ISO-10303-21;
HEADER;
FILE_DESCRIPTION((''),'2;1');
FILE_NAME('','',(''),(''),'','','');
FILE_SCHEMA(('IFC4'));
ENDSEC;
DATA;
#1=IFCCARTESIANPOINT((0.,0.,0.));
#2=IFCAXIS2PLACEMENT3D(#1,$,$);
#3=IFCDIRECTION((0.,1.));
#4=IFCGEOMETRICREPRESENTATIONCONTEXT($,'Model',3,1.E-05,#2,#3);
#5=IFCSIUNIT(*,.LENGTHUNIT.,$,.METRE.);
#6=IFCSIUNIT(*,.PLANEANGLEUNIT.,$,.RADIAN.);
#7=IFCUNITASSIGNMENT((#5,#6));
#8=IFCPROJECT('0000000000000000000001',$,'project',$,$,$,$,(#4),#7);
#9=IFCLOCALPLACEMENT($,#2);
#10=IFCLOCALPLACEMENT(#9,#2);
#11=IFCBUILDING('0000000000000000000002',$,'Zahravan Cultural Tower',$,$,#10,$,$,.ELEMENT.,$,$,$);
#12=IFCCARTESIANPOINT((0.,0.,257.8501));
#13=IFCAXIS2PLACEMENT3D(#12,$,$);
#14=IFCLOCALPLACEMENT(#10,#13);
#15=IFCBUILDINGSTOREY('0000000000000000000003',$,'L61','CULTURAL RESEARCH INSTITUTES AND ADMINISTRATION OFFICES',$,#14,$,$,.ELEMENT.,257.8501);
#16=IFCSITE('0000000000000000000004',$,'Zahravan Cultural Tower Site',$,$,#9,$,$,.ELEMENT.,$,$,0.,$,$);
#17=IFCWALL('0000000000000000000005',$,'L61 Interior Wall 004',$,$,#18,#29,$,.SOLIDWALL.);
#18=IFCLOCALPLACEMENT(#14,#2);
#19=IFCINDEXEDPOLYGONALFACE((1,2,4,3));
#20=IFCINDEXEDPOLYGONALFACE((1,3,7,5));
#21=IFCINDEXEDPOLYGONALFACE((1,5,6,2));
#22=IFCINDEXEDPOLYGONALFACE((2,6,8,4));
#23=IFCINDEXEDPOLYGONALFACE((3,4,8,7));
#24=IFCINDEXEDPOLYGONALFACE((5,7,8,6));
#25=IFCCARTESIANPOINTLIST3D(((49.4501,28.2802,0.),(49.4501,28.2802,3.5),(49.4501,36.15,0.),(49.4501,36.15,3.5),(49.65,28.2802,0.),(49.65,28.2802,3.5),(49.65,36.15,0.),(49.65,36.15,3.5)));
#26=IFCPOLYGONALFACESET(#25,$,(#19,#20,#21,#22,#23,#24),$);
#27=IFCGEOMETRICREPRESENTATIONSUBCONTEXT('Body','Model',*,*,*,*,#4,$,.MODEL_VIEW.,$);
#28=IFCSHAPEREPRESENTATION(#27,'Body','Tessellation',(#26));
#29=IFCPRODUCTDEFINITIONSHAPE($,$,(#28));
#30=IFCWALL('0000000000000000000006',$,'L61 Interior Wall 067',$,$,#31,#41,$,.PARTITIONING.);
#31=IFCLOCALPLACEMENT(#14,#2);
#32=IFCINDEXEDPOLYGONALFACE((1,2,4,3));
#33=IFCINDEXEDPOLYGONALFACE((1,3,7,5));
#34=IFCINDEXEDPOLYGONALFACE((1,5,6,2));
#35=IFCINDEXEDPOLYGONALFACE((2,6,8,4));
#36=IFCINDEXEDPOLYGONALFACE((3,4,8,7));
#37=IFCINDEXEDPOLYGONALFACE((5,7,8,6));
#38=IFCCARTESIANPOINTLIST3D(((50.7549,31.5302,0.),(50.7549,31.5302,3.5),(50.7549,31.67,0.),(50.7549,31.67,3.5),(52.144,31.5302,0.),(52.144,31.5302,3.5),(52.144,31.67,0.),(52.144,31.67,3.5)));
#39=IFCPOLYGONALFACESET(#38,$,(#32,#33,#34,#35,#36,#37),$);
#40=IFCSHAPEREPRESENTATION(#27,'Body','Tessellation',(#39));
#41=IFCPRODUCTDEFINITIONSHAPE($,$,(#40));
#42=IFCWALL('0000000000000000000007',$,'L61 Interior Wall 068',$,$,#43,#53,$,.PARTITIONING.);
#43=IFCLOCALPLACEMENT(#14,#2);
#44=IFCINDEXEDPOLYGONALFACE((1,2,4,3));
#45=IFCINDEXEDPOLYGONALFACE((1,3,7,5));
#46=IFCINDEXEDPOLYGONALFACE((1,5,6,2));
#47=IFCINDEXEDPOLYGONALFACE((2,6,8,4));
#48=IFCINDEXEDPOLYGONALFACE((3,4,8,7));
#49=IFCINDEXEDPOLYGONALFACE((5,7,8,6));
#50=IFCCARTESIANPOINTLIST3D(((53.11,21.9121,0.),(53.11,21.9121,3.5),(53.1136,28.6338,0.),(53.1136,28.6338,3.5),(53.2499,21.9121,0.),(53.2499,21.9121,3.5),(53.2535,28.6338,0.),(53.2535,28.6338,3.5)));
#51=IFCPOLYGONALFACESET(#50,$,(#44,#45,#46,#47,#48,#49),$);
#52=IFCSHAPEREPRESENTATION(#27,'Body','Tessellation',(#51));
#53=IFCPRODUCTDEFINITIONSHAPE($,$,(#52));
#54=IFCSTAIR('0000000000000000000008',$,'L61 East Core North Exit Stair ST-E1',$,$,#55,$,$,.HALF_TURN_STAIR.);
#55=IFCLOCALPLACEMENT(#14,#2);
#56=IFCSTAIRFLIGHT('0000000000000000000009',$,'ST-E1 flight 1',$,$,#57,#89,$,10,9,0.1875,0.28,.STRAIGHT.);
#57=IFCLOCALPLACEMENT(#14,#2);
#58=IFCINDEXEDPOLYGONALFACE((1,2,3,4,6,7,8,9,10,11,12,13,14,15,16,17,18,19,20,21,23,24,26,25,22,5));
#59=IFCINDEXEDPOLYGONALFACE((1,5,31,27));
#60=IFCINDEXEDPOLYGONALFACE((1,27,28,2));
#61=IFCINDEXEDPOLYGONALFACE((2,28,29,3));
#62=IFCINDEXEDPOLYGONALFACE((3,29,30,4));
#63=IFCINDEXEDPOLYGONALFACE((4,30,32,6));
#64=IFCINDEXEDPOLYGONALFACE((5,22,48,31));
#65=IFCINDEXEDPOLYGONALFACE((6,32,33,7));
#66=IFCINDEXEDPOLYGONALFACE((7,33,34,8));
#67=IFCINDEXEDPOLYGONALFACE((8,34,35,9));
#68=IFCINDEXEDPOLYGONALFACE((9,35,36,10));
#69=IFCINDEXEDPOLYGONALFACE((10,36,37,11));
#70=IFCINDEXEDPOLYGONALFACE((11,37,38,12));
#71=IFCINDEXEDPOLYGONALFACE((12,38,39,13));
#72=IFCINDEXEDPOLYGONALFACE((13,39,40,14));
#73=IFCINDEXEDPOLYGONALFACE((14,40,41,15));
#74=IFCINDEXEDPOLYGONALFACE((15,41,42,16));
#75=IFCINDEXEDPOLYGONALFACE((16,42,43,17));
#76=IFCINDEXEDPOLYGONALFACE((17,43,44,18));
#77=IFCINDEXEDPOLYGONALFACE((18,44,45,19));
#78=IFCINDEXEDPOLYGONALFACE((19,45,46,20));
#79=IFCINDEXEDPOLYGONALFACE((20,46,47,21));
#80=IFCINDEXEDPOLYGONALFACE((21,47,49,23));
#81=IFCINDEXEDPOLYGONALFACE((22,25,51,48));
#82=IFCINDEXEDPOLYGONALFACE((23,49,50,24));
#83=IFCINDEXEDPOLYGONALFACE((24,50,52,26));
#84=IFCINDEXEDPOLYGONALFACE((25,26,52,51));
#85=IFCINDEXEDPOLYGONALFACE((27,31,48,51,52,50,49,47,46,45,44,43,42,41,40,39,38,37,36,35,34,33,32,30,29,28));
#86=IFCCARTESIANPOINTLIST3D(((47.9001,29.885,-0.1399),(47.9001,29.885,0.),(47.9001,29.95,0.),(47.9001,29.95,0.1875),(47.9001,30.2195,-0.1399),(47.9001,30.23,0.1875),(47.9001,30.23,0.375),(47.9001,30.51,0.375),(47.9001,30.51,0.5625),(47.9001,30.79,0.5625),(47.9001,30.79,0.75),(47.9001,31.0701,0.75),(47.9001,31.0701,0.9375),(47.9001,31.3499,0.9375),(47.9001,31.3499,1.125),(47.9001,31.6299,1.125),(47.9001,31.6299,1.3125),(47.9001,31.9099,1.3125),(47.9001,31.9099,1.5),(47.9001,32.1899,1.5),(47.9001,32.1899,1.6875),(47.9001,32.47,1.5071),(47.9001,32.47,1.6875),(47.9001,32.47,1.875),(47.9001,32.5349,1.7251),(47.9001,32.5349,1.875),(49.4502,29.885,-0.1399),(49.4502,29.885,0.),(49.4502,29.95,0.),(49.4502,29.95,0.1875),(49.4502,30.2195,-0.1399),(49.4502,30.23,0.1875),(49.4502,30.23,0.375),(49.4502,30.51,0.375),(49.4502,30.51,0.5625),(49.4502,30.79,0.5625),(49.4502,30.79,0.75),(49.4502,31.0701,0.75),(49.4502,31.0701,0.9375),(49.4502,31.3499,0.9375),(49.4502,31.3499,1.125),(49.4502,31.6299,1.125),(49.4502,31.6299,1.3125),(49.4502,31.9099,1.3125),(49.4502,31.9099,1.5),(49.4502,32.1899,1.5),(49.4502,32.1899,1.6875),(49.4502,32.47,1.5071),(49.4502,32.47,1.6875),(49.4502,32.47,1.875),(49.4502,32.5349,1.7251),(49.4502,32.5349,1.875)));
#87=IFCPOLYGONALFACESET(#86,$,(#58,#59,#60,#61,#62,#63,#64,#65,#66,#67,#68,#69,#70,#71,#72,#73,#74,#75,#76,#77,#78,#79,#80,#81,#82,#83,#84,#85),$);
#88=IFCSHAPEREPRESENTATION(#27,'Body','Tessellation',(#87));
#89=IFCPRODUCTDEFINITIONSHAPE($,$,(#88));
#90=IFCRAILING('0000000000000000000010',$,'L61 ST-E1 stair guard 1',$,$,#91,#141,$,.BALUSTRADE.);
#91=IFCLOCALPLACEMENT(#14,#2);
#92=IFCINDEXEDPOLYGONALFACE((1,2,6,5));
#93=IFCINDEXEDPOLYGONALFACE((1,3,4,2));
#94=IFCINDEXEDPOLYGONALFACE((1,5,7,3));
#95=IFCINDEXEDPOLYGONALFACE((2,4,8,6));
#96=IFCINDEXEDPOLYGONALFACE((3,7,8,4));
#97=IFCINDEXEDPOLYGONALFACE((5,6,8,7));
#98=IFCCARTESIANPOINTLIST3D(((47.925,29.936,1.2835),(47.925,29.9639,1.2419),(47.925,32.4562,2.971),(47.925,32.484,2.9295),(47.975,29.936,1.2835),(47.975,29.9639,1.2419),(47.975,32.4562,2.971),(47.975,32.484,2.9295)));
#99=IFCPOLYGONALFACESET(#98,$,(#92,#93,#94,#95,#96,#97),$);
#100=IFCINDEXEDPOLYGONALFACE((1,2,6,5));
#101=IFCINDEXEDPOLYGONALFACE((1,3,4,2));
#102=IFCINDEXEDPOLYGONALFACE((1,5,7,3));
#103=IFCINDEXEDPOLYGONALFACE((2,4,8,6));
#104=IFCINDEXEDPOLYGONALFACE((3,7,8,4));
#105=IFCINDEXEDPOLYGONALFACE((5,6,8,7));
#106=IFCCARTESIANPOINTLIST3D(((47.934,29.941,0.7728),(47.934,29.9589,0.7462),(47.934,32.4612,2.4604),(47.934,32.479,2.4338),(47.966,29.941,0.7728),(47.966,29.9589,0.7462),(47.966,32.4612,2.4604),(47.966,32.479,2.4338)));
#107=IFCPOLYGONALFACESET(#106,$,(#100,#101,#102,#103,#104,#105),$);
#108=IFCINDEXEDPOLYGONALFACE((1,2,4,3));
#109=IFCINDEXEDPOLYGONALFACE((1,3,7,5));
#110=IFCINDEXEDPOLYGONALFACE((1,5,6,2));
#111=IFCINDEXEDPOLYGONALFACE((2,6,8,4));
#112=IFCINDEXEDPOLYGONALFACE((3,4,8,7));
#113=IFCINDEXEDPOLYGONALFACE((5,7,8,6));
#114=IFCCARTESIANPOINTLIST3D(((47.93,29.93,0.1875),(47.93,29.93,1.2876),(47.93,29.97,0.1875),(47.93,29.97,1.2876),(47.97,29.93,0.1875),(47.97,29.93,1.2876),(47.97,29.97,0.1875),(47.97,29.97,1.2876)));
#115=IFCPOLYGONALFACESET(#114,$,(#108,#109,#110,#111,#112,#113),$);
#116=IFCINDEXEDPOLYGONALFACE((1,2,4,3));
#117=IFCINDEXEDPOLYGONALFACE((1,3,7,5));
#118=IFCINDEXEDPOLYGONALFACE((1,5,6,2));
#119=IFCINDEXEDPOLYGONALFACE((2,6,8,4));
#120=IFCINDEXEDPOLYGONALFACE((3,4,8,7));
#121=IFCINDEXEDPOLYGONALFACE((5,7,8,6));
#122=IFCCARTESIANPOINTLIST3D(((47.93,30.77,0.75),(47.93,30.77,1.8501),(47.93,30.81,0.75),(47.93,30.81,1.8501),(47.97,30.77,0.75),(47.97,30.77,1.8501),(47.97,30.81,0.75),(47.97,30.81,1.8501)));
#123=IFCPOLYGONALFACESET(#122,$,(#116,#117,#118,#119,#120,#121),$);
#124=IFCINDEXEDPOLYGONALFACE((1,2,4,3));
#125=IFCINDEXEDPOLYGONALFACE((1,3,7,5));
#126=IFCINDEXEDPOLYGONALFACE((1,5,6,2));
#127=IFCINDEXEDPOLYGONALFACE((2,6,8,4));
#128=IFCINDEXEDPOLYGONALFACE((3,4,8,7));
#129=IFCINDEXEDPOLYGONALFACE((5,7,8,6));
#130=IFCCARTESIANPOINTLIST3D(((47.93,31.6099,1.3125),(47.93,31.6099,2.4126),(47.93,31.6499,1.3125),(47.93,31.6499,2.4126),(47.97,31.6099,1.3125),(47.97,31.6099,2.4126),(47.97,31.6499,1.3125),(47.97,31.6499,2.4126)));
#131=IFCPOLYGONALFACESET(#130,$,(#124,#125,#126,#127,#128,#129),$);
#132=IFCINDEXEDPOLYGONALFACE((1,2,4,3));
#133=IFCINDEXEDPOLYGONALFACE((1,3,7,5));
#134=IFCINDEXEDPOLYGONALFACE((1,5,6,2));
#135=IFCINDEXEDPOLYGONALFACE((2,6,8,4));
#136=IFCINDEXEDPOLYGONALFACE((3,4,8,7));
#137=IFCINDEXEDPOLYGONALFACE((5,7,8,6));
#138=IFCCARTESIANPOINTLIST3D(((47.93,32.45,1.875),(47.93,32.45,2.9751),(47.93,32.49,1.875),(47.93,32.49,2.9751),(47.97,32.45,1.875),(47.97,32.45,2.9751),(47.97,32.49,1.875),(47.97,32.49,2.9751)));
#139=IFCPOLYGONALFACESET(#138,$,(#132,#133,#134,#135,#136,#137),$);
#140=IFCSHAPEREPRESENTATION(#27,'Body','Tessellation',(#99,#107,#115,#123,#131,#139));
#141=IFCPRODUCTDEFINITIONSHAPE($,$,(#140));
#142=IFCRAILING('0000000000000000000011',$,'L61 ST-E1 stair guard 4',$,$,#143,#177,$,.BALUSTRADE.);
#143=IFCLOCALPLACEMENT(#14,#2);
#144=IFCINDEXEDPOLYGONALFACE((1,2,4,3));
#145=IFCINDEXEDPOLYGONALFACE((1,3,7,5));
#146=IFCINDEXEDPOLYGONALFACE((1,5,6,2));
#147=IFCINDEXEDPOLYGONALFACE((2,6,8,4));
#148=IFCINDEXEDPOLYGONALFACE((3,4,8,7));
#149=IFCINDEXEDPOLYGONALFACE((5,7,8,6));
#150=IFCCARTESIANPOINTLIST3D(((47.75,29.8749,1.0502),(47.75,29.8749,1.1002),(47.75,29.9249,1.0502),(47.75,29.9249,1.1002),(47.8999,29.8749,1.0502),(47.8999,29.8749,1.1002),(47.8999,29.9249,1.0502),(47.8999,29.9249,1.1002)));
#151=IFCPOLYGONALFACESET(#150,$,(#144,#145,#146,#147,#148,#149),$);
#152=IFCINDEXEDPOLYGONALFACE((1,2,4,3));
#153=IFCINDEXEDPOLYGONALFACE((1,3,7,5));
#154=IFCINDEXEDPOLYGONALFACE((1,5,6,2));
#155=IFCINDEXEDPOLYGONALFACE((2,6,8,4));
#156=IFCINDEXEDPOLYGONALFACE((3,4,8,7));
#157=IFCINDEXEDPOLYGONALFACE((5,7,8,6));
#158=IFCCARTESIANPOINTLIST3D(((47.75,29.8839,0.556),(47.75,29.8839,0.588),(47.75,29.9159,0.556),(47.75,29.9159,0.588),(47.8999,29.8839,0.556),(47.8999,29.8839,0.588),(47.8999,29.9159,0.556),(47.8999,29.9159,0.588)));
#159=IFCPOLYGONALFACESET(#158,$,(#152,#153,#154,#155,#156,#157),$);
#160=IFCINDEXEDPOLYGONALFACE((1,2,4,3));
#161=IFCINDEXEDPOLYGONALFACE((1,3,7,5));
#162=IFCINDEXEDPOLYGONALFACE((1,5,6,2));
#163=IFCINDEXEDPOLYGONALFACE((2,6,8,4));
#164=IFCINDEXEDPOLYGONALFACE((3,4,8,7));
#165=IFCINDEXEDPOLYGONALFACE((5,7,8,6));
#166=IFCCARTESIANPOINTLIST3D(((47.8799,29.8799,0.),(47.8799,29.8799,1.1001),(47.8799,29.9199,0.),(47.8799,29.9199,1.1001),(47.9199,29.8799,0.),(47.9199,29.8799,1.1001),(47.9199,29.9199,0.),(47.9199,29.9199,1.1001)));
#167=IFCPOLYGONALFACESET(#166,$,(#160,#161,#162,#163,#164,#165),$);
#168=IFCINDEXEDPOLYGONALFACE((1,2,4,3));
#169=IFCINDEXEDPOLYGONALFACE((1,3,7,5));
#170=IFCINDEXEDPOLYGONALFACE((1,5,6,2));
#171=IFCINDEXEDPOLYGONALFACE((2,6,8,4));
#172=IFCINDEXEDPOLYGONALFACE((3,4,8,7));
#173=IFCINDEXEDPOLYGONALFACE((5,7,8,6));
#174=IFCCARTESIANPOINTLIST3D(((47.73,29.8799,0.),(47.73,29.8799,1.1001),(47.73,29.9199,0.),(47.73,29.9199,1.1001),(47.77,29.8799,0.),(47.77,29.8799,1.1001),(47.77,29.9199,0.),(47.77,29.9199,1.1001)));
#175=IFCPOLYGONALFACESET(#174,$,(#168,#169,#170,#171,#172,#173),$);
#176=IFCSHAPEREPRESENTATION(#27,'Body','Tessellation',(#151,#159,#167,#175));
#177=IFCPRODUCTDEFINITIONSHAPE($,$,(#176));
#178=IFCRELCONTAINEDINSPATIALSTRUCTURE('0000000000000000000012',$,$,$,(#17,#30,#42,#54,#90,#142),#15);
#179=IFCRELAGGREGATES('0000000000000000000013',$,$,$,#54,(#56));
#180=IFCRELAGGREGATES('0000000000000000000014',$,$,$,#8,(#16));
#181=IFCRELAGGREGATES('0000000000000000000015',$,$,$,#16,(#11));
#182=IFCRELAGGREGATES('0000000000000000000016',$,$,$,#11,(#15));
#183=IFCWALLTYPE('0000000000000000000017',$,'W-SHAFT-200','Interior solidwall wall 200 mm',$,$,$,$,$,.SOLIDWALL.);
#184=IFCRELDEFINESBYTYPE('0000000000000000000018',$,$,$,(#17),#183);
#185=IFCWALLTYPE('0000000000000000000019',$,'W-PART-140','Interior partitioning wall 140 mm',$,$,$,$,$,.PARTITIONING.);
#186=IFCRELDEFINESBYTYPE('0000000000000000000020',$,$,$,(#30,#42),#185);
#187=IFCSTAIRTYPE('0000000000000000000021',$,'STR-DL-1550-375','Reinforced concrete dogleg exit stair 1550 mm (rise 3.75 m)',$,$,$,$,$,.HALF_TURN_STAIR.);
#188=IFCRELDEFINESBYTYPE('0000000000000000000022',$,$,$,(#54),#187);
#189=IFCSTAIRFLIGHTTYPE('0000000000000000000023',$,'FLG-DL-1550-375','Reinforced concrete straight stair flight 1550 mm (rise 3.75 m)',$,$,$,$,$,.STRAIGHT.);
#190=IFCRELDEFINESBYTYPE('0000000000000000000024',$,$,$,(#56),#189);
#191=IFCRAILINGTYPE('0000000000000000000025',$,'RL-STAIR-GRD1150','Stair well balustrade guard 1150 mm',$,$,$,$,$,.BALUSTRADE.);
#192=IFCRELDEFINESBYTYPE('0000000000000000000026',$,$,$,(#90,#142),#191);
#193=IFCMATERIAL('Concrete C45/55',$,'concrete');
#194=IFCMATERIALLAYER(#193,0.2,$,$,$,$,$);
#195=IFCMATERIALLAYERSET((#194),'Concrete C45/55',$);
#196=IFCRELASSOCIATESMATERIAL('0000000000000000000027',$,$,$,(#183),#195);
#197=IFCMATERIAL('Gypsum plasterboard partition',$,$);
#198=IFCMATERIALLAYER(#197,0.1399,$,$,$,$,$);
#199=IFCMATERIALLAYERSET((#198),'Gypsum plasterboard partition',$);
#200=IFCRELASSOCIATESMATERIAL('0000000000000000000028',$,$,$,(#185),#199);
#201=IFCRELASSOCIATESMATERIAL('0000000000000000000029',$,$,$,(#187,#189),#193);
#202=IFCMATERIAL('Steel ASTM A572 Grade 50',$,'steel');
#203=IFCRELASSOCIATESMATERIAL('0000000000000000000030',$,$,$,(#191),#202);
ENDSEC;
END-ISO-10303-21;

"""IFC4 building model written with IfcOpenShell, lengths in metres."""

from ifc_helpers import new_model, si_unit, direction, frame, frame_2d, origin, origin_2d, place, context, subcontext, project, spatial, polyline, rectangle, outline, extrude, source, transform, mapped, material, layer, layer_set, type_object, element, aggregate, save


model = new_model("IFC4")

# Units and contexts
model_context = context("Model", 3, precision=1e-05, world=origin(), true_north=direction((0.0, 1.0)))
body_context = subcontext(model_context, "Body", "Model", "MODEL_VIEW")
ifc_project = project(units=[si_unit("LENGTHUNIT", "METRE"), si_unit("PLANEANGLEUNIT", "RADIAN")], contexts=[model_context])

# Site, building, storey
site_placement = place(None, origin())
site = spatial("IfcSite", under=ifc_project, at=site_placement, Name="Zahravan Cultural Tower Site", CompositionType="ELEMENT", RefElevation=0.0)
building_placement = place(site_placement, origin())
building = spatial("IfcBuilding", under=site, at=building_placement, Name="Zahravan Cultural Tower", CompositionType="ELEMENT")
storey_placement = place(building_placement, frame((0.0, 0.0, 257.8501)))
storey = spatial("IfcBuildingStorey", under=building, at=storey_placement, Name="L61", Description="CULTURAL RESEARCH INSTITUTES AND ADMINISTRATION OFFICES", CompositionType="ELEMENT", Elevation=257.8501)

# Walls
ifc_material_1 = material(Name="Concrete C45/55", Category="concrete")
ifc_layer_1 = layer(ifc_material_1, 0.2)
ifc_layer_set_1 = layer_set([ifc_layer_1], Name="Concrete C45/55")
wall_type_1 = type_object("IfcWallType", Name="W-SHAFT-200", Description="Interior solidwall wall 200 mm", PredefinedType="SOLIDWALL", material=ifc_layer_set_1)
shared_shape_1 = source(origin(), body_context, "Body", "SweptSolid", [
    extrude(rectangle(XDim=7.8699, YDim=0.2, at=frame_2d((3.9351, 0.0))), origin(), (0.0, 0.0, 1.0), 3.5),
])
wall_1_placement = place(storey_placement, frame((49.55, 28.28, 0.0), z_axis=(0.0, 0.0, 1.0), x_axis=(0.0, 1.0, 0.0)))
element("IfcWall", 1, at=wall_1_placement, inside=storey, type_object=wall_type_1, Name="L61 Interior Wall 004", PredefinedType="SOLIDWALL", context=body_context, shape_type="MappedRepresentation", body=[
    mapped(shared_shape_1, transform((0.0, 0.0, 0.0), x_axis=(1.0, 0.0, 0.0), y_axis=(0.0, 1.0, 0.0), z_axis=(0.0, 0.0, 1.0), scale=1.0)),
])
ifc_material_2 = material(Name="Gypsum plasterboard partition")
ifc_layer_2 = layer(ifc_material_2, 0.1399)
ifc_layer_set_2 = layer_set([ifc_layer_2], Name="Gypsum plasterboard partition")
wall_type_2 = type_object("IfcWallType", Name="W-PART-140", Description="Interior partitioning wall 140 mm", PredefinedType="PARTITIONING", material=ifc_layer_set_2)
shared_shape_2 = source(origin(), body_context, "Body", "SweptSolid", [
    extrude(rectangle(XDim=1.3892, YDim=0.1399, at=frame_2d((0.6946, 0.0))), origin(), (0.0, 0.0, 1.0), 3.5),
])
wall_2_placement = place(storey_placement, frame((52.144, 31.6001, 0.0), z_axis=(0.0, 0.0, 1.0), x_axis=(-1.0, 0.0, 0.0)))
element("IfcWall", 2, at=wall_2_placement, inside=storey, type_object=wall_type_2, Name="L61 Interior Wall 067", PredefinedType="PARTITIONING", context=body_context, shape_type="MappedRepresentation", body=[
    mapped(shared_shape_2, transform((0.0, 0.0, 0.0), x_axis=(1.0, 0.0, 0.0), y_axis=(0.0, 1.0, 0.0), z_axis=(0.0, 0.0, 1.0), scale=1.0)),
])
shared_shape_3 = source(origin(), body_context, "Body", "SweptSolid", [
    extrude(rectangle(XDim=6.7217, YDim=0.1399, at=frame_2d((3.3608, 0.0))), origin(), (0.0, 0.0, 1.0), 3.5),
])
wall_3_placement = place(storey_placement, frame((53.1836, 28.6338, 0.0), z_axis=(0.0, 0.0, 1.0), x_axis=(-0.000545, -1.0, 0.0)))
element("IfcWall", 3, at=wall_3_placement, inside=storey, type_object=wall_type_2, Name="L61 Interior Wall 068", PredefinedType="PARTITIONING", context=body_context, shape_type="MappedRepresentation", body=[
    mapped(shared_shape_3, transform((0.0, 0.0, 0.0), x_axis=(1.0, 0.0, 0.0), y_axis=(0.0, 1.0, 0.0), z_axis=(0.0, 0.0, 1.0), scale=1.0)),
])

# Stair, stair flight
stair_type = type_object("IfcStairType", Name="STR-DL-1550-375", Description="Reinforced concrete dogleg exit stair 1550 mm (rise 3.75 m)", PredefinedType="HALF_TURN_STAIR", material=ifc_material_1)
stair_placement = place(storey_placement, origin())
stair = element("IfcStair", 4, at=stair_placement, inside=storey, type_object=stair_type, Name="L61 East Core North Exit Stair ST-E1", PredefinedType="HALF_TURN_STAIR")
stair_flight_type = type_object("IfcStairFlightType", Name="FLG-DL-1550-375", Description="Reinforced concrete straight stair flight 1550 mm (rise 3.75 m)", PredefinedType="STRAIGHT", material=ifc_material_1)
stair_flight_placement = place(storey_placement, frame((48.675, 29.95, 0.0), z_axis=(0.0, 0.0, 1.0), x_axis=(0.0, 1.0, 0.0)))
stair_flight = element("IfcStairFlight", 5, at=stair_flight_placement, type_object=stair_flight_type, Name="ST-E1 flight 1", NumberOfRisers=10, NumberOfTreads=9, PredefinedType="STRAIGHT", RiserHeight=0.1875, TreadLength=0.28, context=body_context, shape_type="SweptSolid", body=[
    extrude(outline(polyline([(-0.0649, -0.1399), (-0.0649, 0.0), (0.0, 0.0), (0.0, 0.1875), (0.28, 0.1875), (0.28, 0.375), (0.5601, 0.375), (0.5601, 0.5625), (0.8401, 0.5625), (0.8401, 0.75), (1.1201, 0.75), (1.1201, 0.9375), (1.3999, 0.9375), (1.3999, 1.125), (1.6799, 1.125), (1.6799, 1.3125), (1.96, 1.3125), (1.96, 1.5), (2.24, 1.5), (2.24, 1.6875), (2.52, 1.6875), (2.52, 1.875), (2.585, 1.875), (2.585, 1.7251), (2.52, 1.5071), (0.2695, -0.1399), (-0.0649, -0.1399)])), frame((0.0, 0.7749, 0.0), z_axis=(0.0, -1.0, 0.0), x_axis=(1.0, 0.0, 0.0)), (0.0, 0.0, 1.0), 1.55),
])
aggregate(stair, [stair_flight])

# Railings
ifc_material_3 = material(Name="Steel ASTM A572 Grade 50", Category="steel")
railing_type_1 = type_object("IfcRailingType", Name="RL-STAIR-GRD1150", Description="Stair well balustrade guard 1150 mm", PredefinedType="BALUSTRADE", material=ifc_material_3)
railing_1_placement = place(storey_placement, frame((47.95, 29.95, 0.1875)))
element("IfcRailing", 6, at=railing_1_placement, inside=storey, type_object=railing_type_1, Name="L61 ST-E1 stair guard 1", PredefinedType="BALUSTRADE", context=body_context, shape_type="SweptSolid", body=[
    extrude(rectangle(XDim=0.05, YDim=0.05, at=origin_2d()), frame((0.0, 0.0, 1.0752), z_axis=(0.0, 0.830909, 0.556408), x_axis=(-1.0, 0.0, 0.0)), (0.0, 0.0, 1.0), 3.033),
    extrude(rectangle(XDim=0.032, YDim=0.032, at=origin_2d()), frame((0.0, 0.0, 0.572), z_axis=(0.0, 0.830909, 0.556408), x_axis=(-1.0, 0.0, 0.0)), (0.0, 0.0, 1.0), 3.033),
    extrude(rectangle(XDim=0.04, YDim=0.04, at=origin_2d()), origin(), (0.0, 0.0, 1.0), 1.1001),
    extrude(rectangle(XDim=0.04, YDim=0.04, at=origin_2d()), frame((0.0, 0.8401, 0.5625)), (0.0, 0.0, 1.0), 1.1001),
    extrude(rectangle(XDim=0.04, YDim=0.04, at=origin_2d()), frame((0.0, 1.6799, 1.125)), (0.0, 0.0, 1.0), 1.1001),
    extrude(rectangle(XDim=0.04, YDim=0.04, at=origin_2d()), frame((0.0, 2.52, 1.6875)), (0.0, 0.0, 1.0), 1.1001),
])
railing_2_placement = place(storey_placement, frame((47.8999, 29.8999, 0.0)))
element("IfcRailing", 7, at=railing_2_placement, inside=storey, type_object=railing_type_1, Name="L61 ST-E1 stair guard 4", PredefinedType="BALUSTRADE", context=body_context, shape_type="SweptSolid", body=[
    extrude(rectangle(XDim=0.05, YDim=0.05, at=origin_2d()), frame((0.0, 0.0, 1.0752), z_axis=(-1.0, 0.0, 0.0), x_axis=(0.0, -1.0, 0.0)), (0.0, 0.0, 1.0), 0.1499),
    extrude(rectangle(XDim=0.032, YDim=0.032, at=origin_2d()), frame((0.0, 0.0, 0.572), z_axis=(-1.0, 0.0, 0.0), x_axis=(0.0, -1.0, 0.0)), (0.0, 0.0, 1.0), 0.1499),
    extrude(rectangle(XDim=0.04, YDim=0.04, at=origin_2d()), origin(), (0.0, 0.0, 1.0), 1.1001),
    extrude(rectangle(XDim=0.04, YDim=0.04, at=origin_2d()), frame((-0.1499, 0.0, 0.0)), (0.0, 0.0, 1.0), 1.1001),
])

save(model, "model.ifc")
